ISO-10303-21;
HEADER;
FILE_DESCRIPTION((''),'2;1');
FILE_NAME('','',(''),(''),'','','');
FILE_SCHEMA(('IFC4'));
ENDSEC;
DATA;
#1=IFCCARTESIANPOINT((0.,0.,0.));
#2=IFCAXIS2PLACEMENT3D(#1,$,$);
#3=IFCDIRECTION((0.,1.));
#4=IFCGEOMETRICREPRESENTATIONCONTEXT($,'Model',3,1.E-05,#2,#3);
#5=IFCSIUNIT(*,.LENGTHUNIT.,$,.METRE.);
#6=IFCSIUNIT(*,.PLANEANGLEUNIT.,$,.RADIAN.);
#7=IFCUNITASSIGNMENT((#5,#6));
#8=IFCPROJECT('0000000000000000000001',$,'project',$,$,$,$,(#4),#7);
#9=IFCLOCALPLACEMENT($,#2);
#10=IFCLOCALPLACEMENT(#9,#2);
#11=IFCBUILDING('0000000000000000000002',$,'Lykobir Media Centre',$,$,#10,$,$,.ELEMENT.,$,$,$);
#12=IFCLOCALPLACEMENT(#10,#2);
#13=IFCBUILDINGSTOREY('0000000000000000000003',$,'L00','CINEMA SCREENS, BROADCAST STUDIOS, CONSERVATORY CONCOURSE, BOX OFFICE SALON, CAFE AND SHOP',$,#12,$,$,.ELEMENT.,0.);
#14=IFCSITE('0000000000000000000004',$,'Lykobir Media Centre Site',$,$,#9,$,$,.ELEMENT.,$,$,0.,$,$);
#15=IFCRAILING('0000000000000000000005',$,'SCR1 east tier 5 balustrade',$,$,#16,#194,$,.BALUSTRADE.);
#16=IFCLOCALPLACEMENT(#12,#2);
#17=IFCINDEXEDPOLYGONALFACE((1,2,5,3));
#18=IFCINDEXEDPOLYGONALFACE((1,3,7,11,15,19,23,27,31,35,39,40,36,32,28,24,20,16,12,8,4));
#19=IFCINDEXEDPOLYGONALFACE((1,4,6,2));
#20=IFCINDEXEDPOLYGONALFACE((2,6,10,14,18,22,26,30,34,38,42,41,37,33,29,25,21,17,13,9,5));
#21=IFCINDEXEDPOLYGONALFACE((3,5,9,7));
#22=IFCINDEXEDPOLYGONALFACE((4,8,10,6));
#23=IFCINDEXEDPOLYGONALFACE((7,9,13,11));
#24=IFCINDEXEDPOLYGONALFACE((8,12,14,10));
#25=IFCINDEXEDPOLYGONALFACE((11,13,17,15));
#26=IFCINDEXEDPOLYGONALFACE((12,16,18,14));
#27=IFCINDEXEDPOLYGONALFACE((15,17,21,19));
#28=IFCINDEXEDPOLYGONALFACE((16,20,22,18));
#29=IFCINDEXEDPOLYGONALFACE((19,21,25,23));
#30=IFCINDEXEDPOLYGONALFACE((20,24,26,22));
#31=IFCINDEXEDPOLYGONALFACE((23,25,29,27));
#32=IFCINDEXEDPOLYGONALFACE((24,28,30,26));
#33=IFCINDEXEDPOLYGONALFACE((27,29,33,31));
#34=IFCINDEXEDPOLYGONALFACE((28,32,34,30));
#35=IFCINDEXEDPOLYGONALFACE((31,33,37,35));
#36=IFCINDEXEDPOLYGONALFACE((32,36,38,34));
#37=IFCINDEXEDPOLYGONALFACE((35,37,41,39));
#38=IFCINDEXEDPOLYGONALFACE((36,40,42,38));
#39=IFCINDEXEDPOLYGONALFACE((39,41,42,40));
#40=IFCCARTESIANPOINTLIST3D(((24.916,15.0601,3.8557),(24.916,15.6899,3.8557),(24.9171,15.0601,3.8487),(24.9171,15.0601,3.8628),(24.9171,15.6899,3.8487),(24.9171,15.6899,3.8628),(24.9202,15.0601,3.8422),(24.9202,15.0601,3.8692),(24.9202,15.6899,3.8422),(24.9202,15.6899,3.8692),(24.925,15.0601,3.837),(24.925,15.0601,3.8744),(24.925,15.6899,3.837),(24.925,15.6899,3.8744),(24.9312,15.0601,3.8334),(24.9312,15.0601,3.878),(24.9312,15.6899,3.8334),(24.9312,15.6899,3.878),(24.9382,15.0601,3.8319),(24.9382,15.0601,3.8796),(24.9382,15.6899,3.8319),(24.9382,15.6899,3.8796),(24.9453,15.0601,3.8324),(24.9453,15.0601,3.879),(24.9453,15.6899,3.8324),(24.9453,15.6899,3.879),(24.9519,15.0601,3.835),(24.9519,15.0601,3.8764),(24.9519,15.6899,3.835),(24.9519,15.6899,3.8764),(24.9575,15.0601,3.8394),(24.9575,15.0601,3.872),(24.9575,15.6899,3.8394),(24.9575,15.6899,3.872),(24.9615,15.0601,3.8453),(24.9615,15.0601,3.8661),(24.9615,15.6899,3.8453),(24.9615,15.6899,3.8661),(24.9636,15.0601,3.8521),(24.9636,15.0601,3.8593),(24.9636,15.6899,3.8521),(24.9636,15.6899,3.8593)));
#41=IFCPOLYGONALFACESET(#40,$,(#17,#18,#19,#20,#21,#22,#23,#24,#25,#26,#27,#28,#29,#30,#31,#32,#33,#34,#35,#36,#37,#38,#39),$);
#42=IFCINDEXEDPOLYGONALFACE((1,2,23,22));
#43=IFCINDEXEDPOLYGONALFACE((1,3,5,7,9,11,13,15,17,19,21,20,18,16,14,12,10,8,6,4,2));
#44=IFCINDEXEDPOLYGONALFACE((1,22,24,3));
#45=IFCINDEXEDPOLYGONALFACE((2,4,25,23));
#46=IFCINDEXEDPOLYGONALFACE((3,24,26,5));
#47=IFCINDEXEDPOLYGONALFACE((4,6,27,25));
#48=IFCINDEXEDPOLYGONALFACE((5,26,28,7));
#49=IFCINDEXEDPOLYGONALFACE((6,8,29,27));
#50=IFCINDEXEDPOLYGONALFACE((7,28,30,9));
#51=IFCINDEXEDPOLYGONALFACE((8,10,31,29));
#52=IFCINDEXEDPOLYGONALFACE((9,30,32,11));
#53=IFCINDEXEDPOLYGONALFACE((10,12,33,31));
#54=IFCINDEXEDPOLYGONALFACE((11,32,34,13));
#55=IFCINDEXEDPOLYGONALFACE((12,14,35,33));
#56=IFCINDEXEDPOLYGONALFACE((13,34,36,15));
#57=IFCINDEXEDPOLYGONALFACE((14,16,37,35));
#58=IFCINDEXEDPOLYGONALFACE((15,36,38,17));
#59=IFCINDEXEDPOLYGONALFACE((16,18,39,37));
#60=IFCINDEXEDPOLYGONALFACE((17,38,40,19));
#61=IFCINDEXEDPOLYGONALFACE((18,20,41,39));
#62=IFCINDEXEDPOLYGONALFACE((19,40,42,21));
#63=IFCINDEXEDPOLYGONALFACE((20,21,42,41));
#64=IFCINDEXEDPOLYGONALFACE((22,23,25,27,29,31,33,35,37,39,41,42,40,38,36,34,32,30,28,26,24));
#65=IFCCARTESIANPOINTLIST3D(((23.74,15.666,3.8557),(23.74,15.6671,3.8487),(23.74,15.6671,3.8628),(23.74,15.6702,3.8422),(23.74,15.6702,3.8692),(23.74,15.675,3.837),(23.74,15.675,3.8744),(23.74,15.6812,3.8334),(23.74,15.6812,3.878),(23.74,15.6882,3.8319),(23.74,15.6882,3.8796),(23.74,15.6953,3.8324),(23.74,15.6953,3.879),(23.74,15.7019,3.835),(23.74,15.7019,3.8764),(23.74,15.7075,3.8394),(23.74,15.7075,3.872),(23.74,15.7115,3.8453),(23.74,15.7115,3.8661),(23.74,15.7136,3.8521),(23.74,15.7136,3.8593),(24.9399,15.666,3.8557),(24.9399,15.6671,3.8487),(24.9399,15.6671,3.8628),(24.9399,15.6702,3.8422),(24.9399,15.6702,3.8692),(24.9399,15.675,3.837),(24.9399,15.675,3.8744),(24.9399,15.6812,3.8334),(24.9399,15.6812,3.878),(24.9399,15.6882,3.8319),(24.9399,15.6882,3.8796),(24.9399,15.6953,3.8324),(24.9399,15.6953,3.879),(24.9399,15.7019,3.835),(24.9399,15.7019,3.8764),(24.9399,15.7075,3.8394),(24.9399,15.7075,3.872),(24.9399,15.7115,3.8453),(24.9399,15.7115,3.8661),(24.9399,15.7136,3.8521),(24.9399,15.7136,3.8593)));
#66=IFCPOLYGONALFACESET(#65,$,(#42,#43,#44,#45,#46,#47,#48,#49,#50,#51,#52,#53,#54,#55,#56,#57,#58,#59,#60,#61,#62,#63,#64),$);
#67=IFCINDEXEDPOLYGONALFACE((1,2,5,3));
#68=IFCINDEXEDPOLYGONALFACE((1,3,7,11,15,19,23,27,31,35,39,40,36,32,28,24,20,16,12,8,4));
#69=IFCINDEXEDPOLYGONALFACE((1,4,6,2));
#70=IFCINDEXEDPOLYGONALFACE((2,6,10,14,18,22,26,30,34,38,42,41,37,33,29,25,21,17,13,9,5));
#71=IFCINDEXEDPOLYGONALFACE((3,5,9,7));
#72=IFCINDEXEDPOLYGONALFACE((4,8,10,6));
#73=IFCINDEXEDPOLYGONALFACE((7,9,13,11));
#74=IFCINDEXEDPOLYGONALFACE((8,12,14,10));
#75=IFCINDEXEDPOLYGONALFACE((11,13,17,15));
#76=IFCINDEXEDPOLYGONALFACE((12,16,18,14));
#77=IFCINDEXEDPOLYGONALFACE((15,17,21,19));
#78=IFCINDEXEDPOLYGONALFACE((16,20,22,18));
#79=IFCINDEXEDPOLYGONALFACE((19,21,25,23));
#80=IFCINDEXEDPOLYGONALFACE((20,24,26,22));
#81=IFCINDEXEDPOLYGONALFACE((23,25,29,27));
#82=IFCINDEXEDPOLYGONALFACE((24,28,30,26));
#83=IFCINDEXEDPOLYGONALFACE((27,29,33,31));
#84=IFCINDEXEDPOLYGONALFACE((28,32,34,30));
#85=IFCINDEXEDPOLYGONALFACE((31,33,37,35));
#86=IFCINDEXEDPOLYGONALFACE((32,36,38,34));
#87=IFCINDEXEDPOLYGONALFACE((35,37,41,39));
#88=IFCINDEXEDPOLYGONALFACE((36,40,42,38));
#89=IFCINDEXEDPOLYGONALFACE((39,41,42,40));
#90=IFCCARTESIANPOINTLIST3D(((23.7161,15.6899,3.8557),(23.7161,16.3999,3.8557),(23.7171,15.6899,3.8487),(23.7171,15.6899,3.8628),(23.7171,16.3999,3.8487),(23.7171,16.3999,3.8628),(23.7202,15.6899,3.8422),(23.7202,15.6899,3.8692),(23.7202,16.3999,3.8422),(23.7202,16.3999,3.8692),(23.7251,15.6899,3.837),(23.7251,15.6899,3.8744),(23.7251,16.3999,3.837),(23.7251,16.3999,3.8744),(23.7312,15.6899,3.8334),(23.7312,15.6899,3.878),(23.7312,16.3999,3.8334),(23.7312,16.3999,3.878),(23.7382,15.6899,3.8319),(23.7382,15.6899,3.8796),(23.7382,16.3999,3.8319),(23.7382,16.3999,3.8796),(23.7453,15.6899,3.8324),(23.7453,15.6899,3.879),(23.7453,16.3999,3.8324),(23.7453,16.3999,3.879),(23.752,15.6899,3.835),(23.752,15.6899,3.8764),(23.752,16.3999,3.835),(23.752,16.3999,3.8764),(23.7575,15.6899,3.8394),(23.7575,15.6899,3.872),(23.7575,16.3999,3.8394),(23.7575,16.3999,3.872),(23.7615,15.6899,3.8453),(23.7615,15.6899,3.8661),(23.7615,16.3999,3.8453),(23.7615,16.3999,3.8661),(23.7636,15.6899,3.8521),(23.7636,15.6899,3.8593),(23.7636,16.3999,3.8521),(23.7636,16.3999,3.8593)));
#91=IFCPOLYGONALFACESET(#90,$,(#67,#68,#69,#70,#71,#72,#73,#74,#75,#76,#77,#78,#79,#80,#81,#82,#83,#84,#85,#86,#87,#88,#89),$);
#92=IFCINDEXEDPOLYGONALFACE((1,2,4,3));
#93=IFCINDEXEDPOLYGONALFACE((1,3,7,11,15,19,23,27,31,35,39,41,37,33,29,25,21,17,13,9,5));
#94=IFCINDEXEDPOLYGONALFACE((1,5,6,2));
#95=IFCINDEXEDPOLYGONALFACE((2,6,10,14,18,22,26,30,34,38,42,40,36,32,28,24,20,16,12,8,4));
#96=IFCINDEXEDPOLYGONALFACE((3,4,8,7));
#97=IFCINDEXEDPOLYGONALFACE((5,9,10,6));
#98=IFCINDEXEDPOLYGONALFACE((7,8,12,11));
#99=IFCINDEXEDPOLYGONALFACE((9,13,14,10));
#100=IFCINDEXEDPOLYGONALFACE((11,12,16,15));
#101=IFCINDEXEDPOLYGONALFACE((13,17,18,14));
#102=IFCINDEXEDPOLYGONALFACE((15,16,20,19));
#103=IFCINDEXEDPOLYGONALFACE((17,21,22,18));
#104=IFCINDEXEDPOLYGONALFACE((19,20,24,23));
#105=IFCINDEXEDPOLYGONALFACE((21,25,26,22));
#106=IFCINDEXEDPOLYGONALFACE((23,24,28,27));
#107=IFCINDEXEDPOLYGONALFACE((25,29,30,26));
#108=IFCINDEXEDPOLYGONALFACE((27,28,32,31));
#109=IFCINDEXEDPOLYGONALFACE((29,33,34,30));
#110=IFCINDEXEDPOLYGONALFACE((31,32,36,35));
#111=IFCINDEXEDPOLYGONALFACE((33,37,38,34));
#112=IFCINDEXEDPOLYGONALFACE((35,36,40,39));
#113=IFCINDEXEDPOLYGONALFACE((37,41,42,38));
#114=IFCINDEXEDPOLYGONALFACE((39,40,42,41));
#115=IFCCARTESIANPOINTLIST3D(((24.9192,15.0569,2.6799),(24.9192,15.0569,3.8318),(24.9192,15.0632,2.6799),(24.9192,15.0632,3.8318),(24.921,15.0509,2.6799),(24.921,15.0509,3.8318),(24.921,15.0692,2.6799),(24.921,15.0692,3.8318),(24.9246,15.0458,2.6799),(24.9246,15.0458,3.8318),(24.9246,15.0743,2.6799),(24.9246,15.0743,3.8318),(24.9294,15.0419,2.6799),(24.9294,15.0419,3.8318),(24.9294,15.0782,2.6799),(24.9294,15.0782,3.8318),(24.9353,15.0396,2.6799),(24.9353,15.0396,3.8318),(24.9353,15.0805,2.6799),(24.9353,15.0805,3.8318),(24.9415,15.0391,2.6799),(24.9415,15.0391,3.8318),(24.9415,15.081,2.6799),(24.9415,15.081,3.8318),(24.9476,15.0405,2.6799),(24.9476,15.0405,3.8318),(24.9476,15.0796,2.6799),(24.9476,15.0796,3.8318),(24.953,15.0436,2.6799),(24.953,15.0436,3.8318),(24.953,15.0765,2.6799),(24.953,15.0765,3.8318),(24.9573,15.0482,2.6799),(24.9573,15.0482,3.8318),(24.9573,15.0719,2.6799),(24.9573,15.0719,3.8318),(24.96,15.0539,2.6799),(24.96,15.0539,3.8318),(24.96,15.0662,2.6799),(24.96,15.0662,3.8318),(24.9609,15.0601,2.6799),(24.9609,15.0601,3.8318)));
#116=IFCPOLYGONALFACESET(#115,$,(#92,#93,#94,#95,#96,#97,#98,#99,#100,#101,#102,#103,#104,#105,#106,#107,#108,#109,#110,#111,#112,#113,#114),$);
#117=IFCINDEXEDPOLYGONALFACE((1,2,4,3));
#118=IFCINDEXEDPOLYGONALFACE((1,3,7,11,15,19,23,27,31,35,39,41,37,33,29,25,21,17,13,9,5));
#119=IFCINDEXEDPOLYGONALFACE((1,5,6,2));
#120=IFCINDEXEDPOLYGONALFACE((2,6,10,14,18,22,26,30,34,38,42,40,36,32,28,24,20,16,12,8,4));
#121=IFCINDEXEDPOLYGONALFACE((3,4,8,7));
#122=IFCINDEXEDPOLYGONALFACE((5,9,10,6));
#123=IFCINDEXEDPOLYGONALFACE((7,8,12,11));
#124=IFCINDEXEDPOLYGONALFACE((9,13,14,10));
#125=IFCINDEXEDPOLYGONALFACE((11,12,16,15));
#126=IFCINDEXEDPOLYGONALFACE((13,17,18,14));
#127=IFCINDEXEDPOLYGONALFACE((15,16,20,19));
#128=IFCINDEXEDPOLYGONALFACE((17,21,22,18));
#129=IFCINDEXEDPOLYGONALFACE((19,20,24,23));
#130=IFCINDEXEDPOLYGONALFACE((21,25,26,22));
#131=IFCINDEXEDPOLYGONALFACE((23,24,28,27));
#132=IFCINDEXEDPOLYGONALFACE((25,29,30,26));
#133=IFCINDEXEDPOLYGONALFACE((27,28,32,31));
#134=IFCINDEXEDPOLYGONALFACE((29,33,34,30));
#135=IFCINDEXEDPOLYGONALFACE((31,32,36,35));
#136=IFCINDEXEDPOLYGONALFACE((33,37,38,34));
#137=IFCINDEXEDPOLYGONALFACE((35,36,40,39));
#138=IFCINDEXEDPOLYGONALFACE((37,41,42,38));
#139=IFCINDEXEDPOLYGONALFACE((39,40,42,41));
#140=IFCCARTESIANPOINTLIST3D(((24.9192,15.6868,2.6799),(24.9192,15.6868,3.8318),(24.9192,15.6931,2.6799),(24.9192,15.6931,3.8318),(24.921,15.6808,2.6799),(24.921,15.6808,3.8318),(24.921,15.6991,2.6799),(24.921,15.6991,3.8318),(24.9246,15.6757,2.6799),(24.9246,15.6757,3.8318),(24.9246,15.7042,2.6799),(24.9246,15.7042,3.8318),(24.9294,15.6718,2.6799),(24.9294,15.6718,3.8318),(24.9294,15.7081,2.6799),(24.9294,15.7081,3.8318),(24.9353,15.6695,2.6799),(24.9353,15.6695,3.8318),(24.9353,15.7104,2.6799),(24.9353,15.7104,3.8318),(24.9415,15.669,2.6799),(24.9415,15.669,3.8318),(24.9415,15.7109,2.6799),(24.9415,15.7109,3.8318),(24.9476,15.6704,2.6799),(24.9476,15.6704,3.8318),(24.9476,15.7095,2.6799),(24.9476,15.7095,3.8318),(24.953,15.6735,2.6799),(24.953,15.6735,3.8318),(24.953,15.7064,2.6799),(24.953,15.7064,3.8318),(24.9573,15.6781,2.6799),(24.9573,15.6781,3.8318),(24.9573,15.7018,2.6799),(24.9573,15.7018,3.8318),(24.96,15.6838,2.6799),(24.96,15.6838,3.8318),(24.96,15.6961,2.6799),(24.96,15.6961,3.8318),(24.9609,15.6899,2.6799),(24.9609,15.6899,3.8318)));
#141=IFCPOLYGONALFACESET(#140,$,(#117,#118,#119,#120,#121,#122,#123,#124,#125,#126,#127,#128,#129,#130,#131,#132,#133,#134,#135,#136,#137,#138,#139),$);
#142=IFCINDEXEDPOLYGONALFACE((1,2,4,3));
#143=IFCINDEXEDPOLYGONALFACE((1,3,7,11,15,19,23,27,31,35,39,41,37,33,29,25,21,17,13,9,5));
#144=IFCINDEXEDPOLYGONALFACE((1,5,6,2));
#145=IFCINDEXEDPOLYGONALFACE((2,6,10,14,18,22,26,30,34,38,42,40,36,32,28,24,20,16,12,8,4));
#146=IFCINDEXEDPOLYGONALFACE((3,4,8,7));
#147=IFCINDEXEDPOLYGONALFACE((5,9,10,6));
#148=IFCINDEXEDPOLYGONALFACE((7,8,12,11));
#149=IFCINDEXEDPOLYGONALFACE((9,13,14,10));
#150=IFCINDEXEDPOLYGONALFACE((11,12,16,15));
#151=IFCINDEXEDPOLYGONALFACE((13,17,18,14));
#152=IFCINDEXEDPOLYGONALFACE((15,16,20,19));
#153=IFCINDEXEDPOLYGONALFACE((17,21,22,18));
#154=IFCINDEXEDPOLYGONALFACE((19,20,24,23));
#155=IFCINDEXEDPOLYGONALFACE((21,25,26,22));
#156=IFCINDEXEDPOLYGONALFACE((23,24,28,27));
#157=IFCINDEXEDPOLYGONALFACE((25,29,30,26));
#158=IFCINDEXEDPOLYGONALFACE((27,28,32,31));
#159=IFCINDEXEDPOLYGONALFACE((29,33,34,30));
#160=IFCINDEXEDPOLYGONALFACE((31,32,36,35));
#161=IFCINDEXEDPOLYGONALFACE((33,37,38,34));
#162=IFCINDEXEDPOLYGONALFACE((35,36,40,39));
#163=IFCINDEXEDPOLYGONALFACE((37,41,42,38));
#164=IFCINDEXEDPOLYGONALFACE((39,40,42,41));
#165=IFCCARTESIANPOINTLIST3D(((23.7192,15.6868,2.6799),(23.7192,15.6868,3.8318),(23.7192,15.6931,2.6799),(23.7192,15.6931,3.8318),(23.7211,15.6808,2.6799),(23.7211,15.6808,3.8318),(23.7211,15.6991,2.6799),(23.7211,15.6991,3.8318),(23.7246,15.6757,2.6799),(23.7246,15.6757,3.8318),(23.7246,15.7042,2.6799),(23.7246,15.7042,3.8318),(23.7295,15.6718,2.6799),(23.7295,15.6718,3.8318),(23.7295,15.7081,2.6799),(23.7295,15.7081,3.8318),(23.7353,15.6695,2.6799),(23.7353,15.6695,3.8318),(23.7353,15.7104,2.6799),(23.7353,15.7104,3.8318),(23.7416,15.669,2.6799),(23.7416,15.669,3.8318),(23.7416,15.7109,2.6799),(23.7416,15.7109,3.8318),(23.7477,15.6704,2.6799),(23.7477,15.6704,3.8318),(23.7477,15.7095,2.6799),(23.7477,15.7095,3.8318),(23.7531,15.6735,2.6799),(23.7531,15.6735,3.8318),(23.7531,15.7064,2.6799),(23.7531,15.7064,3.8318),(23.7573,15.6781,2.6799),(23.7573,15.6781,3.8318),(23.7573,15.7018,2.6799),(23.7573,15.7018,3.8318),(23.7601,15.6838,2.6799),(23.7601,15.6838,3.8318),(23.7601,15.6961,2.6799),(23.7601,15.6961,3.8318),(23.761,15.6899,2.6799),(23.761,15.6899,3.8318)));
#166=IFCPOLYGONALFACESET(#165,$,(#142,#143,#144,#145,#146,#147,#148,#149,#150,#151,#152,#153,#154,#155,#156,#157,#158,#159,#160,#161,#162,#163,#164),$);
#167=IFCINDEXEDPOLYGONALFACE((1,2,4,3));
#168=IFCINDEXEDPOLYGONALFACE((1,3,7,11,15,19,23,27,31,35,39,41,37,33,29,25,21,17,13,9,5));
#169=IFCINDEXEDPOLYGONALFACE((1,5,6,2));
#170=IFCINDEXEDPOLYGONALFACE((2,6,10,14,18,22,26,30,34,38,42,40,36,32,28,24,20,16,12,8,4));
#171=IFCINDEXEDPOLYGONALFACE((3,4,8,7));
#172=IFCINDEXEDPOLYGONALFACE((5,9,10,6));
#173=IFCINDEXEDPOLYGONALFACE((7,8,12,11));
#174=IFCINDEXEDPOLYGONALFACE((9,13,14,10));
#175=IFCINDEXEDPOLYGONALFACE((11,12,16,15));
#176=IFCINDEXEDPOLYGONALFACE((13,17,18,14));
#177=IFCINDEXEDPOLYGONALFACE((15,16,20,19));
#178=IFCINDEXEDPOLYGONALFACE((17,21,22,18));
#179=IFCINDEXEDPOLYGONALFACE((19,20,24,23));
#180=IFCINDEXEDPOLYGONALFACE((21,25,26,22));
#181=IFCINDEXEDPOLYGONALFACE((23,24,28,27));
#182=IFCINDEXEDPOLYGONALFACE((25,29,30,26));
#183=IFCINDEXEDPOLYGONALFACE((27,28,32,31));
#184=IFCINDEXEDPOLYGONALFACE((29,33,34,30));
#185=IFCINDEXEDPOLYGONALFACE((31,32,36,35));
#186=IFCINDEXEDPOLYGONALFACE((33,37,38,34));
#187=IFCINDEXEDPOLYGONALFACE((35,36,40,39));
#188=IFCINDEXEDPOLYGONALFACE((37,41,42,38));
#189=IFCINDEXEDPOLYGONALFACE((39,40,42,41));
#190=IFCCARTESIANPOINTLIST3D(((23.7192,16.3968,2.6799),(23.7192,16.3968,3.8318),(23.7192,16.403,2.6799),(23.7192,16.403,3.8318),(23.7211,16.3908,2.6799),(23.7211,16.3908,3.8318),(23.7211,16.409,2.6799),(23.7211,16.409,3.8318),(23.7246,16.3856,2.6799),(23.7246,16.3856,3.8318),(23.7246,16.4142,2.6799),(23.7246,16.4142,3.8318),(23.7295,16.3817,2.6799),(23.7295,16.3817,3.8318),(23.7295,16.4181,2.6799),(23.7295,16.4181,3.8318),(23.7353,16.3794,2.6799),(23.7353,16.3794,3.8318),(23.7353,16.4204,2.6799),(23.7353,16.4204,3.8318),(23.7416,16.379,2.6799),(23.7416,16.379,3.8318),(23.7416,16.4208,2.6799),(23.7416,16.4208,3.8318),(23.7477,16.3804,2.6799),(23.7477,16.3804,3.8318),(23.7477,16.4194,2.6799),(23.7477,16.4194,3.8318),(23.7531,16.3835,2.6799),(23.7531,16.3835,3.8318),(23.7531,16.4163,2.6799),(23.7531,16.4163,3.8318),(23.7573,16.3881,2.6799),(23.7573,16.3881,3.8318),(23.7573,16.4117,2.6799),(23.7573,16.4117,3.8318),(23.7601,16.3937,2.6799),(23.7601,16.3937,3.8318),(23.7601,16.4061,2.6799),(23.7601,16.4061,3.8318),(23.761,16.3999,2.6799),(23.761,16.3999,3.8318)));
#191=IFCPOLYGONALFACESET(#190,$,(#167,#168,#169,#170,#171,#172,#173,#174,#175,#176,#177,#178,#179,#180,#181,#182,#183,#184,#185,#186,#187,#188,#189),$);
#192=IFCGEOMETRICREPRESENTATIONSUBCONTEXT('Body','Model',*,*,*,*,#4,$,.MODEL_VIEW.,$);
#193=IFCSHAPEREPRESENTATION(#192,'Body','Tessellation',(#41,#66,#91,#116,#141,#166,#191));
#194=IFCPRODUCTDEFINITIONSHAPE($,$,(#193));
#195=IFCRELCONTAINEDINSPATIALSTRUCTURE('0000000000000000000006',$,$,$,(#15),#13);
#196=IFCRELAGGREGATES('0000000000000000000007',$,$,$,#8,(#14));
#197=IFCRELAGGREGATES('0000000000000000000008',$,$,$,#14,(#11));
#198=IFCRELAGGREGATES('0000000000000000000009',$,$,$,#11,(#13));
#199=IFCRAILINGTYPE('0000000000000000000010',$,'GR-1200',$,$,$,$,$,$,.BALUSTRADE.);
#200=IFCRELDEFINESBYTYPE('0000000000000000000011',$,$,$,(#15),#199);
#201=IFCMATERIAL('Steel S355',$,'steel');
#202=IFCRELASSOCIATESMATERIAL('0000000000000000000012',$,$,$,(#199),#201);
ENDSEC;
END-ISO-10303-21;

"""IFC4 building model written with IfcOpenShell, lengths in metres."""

from ifc_helpers import new_model, si_unit, direction, frame, origin, origin_2d, place, context, subcontext, project, spatial, circle, extrude, material, type_object, element, save


model = new_model("IFC4")

# Units and contexts
model_context = context("Model", 3, precision=1e-05, world=origin(), true_north=direction((0.0, 1.0)))
body_context = subcontext(model_context, "Body", "Model", "MODEL_VIEW")
ifc_project = project(units=[si_unit("LENGTHUNIT", "METRE"), si_unit("PLANEANGLEUNIT", "RADIAN")], contexts=[model_context])

# Site, building, storey
site_placement = place(None, origin())
site = spatial("IfcSite", under=ifc_project, at=site_placement, Name="Lykobir Media Centre Site", CompositionType="ELEMENT", RefElevation=0.0)
building_placement = place(site_placement, origin())
building = spatial("IfcBuilding", under=site, at=building_placement, Name="Lykobir Media Centre", CompositionType="ELEMENT")
storey_placement = place(building_placement, origin())
storey = spatial("IfcBuildingStorey", under=building, at=storey_placement, Name="L00", Description="CINEMA SCREENS, BROADCAST STUDIOS, CONSERVATORY CONCOURSE, BOX OFFICE SALON, CAFE AND SHOP", CompositionType="ELEMENT", Elevation=0.0)

# Shared definitions
ifc_material_1 = material(Name="Steel S355", Category="steel")

# Railing
railing_type = type_object("IfcRailingType", Name="GR-1200", PredefinedType="BALUSTRADE", material=ifc_material_1)
railing_1_placement = place(storey_placement, frame((24.9399, 15.0601, 2.6799)))
element("IfcRailing", 1, at=railing_1_placement, inside=storey, type_object=railing_type, Name="SCR1 east tier 5 balustrade", PredefinedType="BALUSTRADE", context=body_context, shape_type="SweptSolid", body=[
    extrude(circle(Radius=0.0239, at=origin_2d()), frame((0.0, 0.0, 1.1758), z_axis=(0.0, 1.0, 0.0), x_axis=(-1.0, 0.0, 0.0)), (0.0, 0.0, 1.0), 0.6299),
    extrude(circle(Radius=0.0239, at=origin_2d()), frame((0.0, 0.6299, 1.1758), z_axis=(-1.0, 0.0, 0.0), x_axis=(0.0, -1.0, 0.0)), (0.0, 0.0, 1.0), 1.2),
    extrude(circle(Radius=0.0239, at=origin_2d()), frame((-1.2, 0.6299, 1.1758), z_axis=(0.0, 1.0, 0.0), x_axis=(-1.0, 0.0, 0.0)), (0.0, 0.0, 1.0), 0.71),
    extrude(circle(Radius=0.021, at=origin_2d()), origin(), (0.0, 0.0, 1.0), 1.1519),
    extrude(circle(Radius=0.021, at=origin_2d()), frame((0.0, 0.6299, 0.0)), (0.0, 0.0, 1.0), 1.1519),
    extrude(circle(Radius=0.021, at=origin_2d()), frame((-1.2, 0.6299, 0.0)), (0.0, 0.0, 1.0), 1.1519),
    extrude(circle(Radius=0.021, at=origin_2d()), frame((-1.2, 1.3398, 0.0)), (0.0, 0.0, 1.0), 1.1519),
])

save(model, "model.ifc")
